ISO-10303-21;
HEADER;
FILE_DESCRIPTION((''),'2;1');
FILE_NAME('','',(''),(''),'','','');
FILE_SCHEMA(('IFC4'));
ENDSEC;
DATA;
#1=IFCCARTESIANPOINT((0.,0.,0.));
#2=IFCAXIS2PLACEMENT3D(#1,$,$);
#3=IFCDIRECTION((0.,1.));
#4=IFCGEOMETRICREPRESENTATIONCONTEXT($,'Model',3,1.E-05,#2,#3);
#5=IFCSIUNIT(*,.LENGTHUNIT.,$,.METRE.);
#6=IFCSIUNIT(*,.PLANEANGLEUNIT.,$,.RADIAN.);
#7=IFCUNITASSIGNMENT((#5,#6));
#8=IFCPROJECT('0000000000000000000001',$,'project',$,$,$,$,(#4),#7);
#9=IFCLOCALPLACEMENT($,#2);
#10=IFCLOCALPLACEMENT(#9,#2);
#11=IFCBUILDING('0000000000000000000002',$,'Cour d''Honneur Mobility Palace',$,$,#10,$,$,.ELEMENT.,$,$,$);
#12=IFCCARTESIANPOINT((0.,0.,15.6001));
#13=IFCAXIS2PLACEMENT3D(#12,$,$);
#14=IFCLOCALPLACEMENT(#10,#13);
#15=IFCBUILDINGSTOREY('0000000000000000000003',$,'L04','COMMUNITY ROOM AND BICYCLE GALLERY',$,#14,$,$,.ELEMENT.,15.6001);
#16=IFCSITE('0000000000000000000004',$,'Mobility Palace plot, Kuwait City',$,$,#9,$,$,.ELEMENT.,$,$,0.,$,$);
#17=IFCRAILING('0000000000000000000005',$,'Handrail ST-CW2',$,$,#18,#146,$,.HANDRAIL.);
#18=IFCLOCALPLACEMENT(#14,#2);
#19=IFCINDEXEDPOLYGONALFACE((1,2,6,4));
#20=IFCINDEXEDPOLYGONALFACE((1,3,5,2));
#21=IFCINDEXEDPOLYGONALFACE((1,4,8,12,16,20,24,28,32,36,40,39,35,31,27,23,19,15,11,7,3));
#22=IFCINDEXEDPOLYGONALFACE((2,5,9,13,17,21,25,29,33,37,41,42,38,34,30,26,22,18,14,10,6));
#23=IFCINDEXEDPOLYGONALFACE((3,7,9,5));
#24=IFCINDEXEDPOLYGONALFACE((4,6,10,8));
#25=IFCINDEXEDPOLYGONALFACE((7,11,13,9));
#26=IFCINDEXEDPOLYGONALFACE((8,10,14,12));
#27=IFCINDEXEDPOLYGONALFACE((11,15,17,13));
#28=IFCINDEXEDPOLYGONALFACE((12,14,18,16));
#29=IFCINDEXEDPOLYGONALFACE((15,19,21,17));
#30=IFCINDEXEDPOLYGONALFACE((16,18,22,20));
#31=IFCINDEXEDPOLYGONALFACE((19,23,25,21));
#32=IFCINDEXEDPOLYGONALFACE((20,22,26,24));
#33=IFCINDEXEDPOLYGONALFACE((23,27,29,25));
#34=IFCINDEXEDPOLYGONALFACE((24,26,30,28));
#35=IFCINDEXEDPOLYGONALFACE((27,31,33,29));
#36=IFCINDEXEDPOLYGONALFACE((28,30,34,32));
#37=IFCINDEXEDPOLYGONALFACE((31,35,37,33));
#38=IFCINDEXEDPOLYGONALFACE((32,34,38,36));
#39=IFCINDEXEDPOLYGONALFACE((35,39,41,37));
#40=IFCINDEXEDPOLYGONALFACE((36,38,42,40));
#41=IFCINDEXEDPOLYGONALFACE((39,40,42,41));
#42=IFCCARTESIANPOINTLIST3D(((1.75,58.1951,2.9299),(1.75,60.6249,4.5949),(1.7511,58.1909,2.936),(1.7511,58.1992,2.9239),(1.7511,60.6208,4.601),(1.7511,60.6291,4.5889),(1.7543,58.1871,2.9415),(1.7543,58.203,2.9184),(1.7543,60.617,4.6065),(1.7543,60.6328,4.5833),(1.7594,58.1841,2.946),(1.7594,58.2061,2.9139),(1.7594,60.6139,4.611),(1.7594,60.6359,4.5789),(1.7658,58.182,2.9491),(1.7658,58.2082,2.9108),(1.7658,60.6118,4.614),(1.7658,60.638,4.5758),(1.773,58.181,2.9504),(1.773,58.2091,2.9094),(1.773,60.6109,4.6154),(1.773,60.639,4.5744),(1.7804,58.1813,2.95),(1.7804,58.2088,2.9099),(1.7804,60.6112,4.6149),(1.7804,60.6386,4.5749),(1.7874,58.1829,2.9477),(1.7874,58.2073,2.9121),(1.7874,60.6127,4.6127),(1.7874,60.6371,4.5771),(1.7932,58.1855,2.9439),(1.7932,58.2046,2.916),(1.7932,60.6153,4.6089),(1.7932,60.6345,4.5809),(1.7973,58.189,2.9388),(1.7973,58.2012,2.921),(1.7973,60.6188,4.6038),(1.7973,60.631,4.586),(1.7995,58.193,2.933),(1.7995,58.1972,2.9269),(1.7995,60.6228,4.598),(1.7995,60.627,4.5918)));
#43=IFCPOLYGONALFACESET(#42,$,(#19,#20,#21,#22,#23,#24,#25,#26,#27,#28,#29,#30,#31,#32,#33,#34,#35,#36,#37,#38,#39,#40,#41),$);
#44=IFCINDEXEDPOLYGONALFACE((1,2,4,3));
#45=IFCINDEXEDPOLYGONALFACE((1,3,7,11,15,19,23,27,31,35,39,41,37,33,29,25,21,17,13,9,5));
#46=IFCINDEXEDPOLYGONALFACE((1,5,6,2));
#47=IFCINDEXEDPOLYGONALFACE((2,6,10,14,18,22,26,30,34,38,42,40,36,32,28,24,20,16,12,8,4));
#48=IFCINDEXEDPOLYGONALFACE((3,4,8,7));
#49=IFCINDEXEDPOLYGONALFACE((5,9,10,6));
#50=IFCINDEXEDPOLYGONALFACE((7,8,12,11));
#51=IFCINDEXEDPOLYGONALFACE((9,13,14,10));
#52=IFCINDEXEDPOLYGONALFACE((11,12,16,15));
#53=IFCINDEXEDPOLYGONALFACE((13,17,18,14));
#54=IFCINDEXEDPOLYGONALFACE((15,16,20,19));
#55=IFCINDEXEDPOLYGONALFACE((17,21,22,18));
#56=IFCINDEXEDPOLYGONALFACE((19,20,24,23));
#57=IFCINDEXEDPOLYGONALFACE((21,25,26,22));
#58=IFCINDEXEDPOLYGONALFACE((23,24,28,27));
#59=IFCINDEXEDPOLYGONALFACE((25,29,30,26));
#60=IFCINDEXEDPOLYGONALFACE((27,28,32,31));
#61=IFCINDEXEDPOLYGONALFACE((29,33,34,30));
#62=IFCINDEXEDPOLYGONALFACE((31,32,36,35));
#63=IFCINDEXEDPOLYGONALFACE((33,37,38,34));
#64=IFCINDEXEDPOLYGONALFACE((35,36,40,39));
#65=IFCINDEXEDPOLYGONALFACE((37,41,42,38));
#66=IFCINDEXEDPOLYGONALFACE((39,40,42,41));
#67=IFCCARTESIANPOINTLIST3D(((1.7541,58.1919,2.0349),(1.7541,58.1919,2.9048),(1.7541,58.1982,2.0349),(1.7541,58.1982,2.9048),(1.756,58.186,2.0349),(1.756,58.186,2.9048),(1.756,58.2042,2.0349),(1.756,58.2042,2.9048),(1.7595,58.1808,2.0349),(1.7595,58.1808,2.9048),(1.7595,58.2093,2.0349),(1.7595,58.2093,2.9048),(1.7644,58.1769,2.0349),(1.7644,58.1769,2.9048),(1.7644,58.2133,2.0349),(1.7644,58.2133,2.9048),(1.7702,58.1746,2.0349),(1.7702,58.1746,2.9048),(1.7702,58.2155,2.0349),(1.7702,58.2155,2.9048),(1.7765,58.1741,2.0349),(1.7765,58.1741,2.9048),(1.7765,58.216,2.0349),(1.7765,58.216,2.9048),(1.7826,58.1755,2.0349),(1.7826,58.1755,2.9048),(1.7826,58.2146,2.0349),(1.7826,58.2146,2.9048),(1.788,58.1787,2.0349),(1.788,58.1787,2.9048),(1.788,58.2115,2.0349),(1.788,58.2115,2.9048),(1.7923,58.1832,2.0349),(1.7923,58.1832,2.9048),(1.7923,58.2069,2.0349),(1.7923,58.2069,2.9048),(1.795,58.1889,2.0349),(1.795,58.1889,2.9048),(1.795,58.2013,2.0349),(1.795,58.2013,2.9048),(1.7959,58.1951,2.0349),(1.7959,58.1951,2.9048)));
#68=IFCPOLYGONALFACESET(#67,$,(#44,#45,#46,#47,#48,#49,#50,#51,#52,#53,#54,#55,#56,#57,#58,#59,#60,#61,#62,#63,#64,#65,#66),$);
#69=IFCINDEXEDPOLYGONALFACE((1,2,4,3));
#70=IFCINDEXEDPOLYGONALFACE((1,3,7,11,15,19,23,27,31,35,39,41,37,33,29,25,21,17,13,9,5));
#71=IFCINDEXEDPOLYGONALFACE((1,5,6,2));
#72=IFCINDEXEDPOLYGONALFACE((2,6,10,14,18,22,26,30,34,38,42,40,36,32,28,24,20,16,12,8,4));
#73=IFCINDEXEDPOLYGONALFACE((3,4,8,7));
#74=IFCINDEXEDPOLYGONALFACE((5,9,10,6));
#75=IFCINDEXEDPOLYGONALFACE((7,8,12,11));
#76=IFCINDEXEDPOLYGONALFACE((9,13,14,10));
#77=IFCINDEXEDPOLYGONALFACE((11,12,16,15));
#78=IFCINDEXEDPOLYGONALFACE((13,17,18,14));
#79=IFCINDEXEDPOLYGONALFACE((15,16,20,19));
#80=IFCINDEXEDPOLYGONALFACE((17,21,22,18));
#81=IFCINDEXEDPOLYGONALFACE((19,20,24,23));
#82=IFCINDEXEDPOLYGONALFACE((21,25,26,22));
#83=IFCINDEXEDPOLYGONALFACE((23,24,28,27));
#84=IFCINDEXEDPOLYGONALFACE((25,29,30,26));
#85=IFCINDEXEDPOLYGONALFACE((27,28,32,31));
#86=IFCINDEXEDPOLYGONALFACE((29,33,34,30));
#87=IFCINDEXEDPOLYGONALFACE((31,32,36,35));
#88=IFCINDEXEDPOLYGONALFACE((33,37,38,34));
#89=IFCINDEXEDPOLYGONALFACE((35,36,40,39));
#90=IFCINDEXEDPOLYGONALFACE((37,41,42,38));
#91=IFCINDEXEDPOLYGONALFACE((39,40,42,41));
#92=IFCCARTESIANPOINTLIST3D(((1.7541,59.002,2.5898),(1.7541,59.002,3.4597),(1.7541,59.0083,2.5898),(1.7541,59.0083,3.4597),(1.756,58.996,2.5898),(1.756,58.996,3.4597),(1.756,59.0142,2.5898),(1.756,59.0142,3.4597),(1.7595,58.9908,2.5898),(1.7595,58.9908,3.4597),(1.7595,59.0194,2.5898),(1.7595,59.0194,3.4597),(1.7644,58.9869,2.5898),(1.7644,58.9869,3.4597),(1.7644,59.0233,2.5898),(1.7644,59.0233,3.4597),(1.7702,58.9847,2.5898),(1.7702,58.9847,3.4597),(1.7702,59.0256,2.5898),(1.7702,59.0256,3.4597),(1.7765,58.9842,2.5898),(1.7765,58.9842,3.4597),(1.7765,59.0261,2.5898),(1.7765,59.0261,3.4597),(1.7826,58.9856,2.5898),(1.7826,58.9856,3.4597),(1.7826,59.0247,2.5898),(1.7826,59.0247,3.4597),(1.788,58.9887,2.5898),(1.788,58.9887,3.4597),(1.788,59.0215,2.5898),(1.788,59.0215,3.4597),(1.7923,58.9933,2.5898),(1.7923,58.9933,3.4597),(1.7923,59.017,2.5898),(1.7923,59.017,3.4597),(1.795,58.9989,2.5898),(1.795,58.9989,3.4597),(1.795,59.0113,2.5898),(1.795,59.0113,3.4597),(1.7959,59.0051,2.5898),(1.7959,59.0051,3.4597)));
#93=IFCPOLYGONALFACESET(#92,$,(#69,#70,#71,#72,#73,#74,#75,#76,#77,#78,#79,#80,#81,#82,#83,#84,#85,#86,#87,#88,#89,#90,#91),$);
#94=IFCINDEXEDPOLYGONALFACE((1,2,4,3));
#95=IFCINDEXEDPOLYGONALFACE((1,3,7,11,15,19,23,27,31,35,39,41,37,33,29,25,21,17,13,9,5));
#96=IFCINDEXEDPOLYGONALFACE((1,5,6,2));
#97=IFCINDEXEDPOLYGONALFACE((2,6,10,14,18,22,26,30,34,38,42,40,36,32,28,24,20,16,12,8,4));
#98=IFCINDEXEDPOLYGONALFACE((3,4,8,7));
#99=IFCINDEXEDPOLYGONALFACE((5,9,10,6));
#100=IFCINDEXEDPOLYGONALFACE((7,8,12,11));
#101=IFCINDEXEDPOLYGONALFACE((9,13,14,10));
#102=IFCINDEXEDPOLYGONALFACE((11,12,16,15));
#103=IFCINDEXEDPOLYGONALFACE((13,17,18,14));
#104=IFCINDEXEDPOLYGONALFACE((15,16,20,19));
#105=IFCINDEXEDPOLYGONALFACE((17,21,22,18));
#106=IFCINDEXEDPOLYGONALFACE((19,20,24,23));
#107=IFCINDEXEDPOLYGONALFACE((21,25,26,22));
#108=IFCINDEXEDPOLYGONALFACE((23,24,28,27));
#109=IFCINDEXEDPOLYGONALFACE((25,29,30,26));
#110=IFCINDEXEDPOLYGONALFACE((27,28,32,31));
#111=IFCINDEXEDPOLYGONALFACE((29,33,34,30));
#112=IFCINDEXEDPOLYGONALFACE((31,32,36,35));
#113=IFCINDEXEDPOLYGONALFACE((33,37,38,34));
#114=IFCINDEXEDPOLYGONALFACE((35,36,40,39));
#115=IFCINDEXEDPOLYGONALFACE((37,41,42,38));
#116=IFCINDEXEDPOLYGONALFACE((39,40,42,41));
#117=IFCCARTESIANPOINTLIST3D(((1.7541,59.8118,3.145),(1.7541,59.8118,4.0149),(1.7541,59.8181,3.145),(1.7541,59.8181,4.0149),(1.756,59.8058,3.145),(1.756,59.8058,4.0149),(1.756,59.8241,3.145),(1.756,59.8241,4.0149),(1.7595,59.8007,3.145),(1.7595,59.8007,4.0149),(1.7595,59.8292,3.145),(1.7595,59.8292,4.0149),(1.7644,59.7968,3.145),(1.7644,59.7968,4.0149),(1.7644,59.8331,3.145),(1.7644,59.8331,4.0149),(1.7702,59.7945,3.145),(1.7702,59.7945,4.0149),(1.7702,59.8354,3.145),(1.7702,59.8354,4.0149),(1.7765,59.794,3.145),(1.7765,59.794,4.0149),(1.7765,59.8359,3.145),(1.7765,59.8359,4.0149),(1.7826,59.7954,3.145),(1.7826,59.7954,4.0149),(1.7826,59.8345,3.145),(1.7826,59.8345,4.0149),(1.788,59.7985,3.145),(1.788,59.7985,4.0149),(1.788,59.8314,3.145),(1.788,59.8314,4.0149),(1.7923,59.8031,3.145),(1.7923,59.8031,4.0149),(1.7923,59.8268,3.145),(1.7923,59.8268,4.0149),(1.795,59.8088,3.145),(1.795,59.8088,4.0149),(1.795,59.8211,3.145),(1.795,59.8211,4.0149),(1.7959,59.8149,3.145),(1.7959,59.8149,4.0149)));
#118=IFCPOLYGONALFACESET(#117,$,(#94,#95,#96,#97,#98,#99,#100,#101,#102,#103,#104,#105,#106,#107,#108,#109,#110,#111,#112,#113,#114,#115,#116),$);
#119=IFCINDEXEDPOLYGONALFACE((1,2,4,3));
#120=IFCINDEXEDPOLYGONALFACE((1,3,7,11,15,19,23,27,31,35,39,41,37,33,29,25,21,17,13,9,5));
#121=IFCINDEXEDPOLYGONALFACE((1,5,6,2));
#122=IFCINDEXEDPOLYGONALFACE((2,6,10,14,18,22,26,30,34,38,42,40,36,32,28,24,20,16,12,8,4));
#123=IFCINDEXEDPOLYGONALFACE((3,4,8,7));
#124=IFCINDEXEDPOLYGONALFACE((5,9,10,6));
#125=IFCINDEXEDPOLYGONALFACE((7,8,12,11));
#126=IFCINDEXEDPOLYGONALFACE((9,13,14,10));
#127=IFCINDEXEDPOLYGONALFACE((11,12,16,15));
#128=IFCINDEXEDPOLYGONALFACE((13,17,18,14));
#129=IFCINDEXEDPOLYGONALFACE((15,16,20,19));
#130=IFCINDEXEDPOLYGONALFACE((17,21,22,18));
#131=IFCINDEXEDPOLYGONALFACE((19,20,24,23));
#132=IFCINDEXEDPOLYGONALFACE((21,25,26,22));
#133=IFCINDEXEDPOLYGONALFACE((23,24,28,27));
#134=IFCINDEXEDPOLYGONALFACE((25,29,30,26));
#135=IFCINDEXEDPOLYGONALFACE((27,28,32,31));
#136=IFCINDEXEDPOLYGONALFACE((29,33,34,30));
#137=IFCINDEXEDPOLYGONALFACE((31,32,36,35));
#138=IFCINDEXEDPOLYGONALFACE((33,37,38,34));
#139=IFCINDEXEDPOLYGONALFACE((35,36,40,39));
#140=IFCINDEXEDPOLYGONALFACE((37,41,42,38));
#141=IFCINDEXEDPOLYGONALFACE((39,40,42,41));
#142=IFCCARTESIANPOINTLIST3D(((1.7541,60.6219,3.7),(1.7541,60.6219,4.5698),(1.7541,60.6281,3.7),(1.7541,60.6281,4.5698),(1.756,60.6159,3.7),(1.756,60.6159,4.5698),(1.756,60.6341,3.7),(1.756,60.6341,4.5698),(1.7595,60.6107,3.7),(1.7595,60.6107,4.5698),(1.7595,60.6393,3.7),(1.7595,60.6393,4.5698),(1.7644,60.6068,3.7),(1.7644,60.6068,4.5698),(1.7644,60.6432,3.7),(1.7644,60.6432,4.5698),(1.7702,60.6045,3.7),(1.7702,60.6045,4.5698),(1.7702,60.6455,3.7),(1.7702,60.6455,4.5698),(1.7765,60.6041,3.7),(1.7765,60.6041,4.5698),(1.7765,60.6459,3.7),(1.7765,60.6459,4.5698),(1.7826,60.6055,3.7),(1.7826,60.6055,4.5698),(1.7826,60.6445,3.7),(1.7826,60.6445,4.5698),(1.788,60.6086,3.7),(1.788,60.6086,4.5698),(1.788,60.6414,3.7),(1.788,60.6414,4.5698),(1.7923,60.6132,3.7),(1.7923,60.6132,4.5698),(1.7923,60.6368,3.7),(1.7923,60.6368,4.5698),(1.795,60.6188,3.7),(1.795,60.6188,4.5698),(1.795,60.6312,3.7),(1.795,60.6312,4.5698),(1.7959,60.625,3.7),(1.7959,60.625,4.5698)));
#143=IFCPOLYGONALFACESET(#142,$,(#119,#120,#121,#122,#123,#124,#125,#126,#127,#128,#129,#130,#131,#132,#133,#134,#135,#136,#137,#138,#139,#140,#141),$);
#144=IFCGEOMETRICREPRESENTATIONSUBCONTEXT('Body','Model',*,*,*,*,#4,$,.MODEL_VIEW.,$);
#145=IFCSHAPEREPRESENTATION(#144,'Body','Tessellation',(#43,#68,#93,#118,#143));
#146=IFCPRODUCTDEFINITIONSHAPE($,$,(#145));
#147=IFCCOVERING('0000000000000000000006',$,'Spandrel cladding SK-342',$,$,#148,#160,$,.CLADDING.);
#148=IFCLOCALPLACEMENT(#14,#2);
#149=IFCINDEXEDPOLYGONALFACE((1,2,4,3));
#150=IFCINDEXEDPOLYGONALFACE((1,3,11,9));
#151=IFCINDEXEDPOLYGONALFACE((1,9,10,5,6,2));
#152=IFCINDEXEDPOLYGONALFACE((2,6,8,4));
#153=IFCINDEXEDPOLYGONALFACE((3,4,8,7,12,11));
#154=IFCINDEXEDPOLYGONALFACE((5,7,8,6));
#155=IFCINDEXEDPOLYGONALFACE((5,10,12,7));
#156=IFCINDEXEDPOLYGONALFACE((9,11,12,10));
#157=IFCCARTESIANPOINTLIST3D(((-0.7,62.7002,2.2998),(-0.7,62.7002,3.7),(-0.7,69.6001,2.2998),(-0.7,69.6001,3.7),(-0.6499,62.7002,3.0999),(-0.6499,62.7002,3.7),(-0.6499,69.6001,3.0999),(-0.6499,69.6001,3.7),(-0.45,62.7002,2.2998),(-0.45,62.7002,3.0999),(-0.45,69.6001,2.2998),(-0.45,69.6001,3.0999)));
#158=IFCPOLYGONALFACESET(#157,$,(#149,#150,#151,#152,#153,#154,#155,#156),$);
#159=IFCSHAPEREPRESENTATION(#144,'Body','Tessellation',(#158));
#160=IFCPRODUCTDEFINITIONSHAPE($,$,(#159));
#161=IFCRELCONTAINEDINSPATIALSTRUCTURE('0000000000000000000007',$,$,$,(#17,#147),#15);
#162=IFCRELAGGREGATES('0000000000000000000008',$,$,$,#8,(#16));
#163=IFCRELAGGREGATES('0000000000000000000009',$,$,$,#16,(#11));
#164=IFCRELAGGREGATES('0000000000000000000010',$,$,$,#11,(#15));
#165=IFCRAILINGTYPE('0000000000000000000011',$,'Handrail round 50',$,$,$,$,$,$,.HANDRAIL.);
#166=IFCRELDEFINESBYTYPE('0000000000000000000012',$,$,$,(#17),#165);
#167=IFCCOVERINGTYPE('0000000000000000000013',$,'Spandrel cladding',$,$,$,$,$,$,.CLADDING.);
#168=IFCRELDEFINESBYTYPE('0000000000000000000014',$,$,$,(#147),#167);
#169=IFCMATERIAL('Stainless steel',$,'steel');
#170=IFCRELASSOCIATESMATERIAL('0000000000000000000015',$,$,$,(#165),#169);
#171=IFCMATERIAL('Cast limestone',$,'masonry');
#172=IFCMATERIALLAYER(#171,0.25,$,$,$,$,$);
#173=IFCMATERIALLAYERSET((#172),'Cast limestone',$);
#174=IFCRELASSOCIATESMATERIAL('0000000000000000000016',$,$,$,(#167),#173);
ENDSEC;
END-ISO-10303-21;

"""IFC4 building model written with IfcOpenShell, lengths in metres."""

from ifc_helpers import new_model, si_unit, direction, frame, origin, origin_2d, place, context, subcontext, project, spatial, polyline, circle, outline, extrude, material, layer, layer_set, type_object, element, save


model = new_model("IFC4")

# Units and contexts
model_context = context("Model", 3, precision=1e-05, world=origin(), true_north=direction((0.0, 1.0)))
body_context = subcontext(model_context, "Body", "Model", "MODEL_VIEW")
ifc_project = project(units=[si_unit("LENGTHUNIT", "METRE"), si_unit("PLANEANGLEUNIT", "RADIAN")], contexts=[model_context])

# Site, building, storey
site_placement = place(None, origin())
site = spatial("IfcSite", under=ifc_project, at=site_placement, Name="Mobility Palace plot, Kuwait City", CompositionType="ELEMENT", RefElevation=0.0)
building_placement = place(site_placement, origin())
building = spatial("IfcBuilding", under=site, at=building_placement, Name="Cour d'Honneur Mobility Palace", CompositionType="ELEMENT")
storey_placement = place(building_placement, frame((0.0, 0.0, 15.6001)))
storey = spatial("IfcBuildingStorey", under=building, at=storey_placement, Name="L04", Description="COMMUNITY ROOM AND BICYCLE GALLERY", CompositionType="ELEMENT", Elevation=15.6001)

# Railing
ifc_material_1 = material(Name="Stainless steel", Category="steel")
railing_type_1 = type_object("IfcRailingType", Name="Handrail round 50", PredefinedType="HANDRAIL", material=ifc_material_1)
railing_1_placement = place(storey_placement, frame((1.7749, 58.1951, 2.0349)))
element("IfcRailing", 1, at=railing_1_placement, inside=storey, type_object=railing_type_1, Name="Handrail ST-CW2", PredefinedType="HANDRAIL", context=body_context, shape_type="SweptSolid", body=[
    extrude(circle(Radius=0.0249, at=origin_2d()), frame((0.0, 0.0, 0.895), z_axis=(0.0, 0.824919, 0.565251), x_axis=(-1.0, 0.0, 0.0)), (0.0, 0.0, 1.0), 2.9456),
    extrude(circle(Radius=0.021, at=origin_2d()), origin(), (0.0, 0.0, 1.0), 0.8699),
    extrude(circle(Radius=0.021, at=origin_2d()), frame((0.0, 0.8101, 0.5549)), (0.0, 0.0, 1.0), 0.8699),
    extrude(circle(Radius=0.021, at=origin_2d()), frame((0.0, 1.6199, 1.1101)), (0.0, 0.0, 1.0), 0.8699),
    extrude(circle(Radius=0.021, at=origin_2d()), frame((0.0, 2.4299, 1.665)), (0.0, 0.0, 1.0), 0.8699),
])

# Covering
ifc_material_2 = material(Name="Cast limestone", Category="masonry")
ifc_layer_1 = layer(ifc_material_2, 0.25)
ifc_layer_set_1 = layer_set([ifc_layer_1], Name="Cast limestone")
covering_type_1 = type_object("IfcCoveringType", Name="Spandrel cladding", PredefinedType="CLADDING", material=ifc_layer_set_1)
covering_1_placement = place(storey_placement, frame((-0.45, 69.6001, 2.2998), z_axis=(0.0, 1.0, 0.0), x_axis=(-1.0, 0.0, 0.0)))
element("IfcCovering", 2, at=covering_1_placement, inside=storey, type_object=covering_type_1, Name="Spandrel cladding SK-342", PredefinedType="CLADDING", context=body_context, shape_type="SweptSolid", body=[
    extrude(outline(polyline([(0.0, 0.0), (0.25, 0.0), (0.25, 1.4001), (0.2, 1.4001), (0.2, 0.8), (0.0, 0.8), (0.0, 0.0)])), origin(), (0.0, 0.0, -1.0), 6.8999),
])

save(model, "model.ifc")
